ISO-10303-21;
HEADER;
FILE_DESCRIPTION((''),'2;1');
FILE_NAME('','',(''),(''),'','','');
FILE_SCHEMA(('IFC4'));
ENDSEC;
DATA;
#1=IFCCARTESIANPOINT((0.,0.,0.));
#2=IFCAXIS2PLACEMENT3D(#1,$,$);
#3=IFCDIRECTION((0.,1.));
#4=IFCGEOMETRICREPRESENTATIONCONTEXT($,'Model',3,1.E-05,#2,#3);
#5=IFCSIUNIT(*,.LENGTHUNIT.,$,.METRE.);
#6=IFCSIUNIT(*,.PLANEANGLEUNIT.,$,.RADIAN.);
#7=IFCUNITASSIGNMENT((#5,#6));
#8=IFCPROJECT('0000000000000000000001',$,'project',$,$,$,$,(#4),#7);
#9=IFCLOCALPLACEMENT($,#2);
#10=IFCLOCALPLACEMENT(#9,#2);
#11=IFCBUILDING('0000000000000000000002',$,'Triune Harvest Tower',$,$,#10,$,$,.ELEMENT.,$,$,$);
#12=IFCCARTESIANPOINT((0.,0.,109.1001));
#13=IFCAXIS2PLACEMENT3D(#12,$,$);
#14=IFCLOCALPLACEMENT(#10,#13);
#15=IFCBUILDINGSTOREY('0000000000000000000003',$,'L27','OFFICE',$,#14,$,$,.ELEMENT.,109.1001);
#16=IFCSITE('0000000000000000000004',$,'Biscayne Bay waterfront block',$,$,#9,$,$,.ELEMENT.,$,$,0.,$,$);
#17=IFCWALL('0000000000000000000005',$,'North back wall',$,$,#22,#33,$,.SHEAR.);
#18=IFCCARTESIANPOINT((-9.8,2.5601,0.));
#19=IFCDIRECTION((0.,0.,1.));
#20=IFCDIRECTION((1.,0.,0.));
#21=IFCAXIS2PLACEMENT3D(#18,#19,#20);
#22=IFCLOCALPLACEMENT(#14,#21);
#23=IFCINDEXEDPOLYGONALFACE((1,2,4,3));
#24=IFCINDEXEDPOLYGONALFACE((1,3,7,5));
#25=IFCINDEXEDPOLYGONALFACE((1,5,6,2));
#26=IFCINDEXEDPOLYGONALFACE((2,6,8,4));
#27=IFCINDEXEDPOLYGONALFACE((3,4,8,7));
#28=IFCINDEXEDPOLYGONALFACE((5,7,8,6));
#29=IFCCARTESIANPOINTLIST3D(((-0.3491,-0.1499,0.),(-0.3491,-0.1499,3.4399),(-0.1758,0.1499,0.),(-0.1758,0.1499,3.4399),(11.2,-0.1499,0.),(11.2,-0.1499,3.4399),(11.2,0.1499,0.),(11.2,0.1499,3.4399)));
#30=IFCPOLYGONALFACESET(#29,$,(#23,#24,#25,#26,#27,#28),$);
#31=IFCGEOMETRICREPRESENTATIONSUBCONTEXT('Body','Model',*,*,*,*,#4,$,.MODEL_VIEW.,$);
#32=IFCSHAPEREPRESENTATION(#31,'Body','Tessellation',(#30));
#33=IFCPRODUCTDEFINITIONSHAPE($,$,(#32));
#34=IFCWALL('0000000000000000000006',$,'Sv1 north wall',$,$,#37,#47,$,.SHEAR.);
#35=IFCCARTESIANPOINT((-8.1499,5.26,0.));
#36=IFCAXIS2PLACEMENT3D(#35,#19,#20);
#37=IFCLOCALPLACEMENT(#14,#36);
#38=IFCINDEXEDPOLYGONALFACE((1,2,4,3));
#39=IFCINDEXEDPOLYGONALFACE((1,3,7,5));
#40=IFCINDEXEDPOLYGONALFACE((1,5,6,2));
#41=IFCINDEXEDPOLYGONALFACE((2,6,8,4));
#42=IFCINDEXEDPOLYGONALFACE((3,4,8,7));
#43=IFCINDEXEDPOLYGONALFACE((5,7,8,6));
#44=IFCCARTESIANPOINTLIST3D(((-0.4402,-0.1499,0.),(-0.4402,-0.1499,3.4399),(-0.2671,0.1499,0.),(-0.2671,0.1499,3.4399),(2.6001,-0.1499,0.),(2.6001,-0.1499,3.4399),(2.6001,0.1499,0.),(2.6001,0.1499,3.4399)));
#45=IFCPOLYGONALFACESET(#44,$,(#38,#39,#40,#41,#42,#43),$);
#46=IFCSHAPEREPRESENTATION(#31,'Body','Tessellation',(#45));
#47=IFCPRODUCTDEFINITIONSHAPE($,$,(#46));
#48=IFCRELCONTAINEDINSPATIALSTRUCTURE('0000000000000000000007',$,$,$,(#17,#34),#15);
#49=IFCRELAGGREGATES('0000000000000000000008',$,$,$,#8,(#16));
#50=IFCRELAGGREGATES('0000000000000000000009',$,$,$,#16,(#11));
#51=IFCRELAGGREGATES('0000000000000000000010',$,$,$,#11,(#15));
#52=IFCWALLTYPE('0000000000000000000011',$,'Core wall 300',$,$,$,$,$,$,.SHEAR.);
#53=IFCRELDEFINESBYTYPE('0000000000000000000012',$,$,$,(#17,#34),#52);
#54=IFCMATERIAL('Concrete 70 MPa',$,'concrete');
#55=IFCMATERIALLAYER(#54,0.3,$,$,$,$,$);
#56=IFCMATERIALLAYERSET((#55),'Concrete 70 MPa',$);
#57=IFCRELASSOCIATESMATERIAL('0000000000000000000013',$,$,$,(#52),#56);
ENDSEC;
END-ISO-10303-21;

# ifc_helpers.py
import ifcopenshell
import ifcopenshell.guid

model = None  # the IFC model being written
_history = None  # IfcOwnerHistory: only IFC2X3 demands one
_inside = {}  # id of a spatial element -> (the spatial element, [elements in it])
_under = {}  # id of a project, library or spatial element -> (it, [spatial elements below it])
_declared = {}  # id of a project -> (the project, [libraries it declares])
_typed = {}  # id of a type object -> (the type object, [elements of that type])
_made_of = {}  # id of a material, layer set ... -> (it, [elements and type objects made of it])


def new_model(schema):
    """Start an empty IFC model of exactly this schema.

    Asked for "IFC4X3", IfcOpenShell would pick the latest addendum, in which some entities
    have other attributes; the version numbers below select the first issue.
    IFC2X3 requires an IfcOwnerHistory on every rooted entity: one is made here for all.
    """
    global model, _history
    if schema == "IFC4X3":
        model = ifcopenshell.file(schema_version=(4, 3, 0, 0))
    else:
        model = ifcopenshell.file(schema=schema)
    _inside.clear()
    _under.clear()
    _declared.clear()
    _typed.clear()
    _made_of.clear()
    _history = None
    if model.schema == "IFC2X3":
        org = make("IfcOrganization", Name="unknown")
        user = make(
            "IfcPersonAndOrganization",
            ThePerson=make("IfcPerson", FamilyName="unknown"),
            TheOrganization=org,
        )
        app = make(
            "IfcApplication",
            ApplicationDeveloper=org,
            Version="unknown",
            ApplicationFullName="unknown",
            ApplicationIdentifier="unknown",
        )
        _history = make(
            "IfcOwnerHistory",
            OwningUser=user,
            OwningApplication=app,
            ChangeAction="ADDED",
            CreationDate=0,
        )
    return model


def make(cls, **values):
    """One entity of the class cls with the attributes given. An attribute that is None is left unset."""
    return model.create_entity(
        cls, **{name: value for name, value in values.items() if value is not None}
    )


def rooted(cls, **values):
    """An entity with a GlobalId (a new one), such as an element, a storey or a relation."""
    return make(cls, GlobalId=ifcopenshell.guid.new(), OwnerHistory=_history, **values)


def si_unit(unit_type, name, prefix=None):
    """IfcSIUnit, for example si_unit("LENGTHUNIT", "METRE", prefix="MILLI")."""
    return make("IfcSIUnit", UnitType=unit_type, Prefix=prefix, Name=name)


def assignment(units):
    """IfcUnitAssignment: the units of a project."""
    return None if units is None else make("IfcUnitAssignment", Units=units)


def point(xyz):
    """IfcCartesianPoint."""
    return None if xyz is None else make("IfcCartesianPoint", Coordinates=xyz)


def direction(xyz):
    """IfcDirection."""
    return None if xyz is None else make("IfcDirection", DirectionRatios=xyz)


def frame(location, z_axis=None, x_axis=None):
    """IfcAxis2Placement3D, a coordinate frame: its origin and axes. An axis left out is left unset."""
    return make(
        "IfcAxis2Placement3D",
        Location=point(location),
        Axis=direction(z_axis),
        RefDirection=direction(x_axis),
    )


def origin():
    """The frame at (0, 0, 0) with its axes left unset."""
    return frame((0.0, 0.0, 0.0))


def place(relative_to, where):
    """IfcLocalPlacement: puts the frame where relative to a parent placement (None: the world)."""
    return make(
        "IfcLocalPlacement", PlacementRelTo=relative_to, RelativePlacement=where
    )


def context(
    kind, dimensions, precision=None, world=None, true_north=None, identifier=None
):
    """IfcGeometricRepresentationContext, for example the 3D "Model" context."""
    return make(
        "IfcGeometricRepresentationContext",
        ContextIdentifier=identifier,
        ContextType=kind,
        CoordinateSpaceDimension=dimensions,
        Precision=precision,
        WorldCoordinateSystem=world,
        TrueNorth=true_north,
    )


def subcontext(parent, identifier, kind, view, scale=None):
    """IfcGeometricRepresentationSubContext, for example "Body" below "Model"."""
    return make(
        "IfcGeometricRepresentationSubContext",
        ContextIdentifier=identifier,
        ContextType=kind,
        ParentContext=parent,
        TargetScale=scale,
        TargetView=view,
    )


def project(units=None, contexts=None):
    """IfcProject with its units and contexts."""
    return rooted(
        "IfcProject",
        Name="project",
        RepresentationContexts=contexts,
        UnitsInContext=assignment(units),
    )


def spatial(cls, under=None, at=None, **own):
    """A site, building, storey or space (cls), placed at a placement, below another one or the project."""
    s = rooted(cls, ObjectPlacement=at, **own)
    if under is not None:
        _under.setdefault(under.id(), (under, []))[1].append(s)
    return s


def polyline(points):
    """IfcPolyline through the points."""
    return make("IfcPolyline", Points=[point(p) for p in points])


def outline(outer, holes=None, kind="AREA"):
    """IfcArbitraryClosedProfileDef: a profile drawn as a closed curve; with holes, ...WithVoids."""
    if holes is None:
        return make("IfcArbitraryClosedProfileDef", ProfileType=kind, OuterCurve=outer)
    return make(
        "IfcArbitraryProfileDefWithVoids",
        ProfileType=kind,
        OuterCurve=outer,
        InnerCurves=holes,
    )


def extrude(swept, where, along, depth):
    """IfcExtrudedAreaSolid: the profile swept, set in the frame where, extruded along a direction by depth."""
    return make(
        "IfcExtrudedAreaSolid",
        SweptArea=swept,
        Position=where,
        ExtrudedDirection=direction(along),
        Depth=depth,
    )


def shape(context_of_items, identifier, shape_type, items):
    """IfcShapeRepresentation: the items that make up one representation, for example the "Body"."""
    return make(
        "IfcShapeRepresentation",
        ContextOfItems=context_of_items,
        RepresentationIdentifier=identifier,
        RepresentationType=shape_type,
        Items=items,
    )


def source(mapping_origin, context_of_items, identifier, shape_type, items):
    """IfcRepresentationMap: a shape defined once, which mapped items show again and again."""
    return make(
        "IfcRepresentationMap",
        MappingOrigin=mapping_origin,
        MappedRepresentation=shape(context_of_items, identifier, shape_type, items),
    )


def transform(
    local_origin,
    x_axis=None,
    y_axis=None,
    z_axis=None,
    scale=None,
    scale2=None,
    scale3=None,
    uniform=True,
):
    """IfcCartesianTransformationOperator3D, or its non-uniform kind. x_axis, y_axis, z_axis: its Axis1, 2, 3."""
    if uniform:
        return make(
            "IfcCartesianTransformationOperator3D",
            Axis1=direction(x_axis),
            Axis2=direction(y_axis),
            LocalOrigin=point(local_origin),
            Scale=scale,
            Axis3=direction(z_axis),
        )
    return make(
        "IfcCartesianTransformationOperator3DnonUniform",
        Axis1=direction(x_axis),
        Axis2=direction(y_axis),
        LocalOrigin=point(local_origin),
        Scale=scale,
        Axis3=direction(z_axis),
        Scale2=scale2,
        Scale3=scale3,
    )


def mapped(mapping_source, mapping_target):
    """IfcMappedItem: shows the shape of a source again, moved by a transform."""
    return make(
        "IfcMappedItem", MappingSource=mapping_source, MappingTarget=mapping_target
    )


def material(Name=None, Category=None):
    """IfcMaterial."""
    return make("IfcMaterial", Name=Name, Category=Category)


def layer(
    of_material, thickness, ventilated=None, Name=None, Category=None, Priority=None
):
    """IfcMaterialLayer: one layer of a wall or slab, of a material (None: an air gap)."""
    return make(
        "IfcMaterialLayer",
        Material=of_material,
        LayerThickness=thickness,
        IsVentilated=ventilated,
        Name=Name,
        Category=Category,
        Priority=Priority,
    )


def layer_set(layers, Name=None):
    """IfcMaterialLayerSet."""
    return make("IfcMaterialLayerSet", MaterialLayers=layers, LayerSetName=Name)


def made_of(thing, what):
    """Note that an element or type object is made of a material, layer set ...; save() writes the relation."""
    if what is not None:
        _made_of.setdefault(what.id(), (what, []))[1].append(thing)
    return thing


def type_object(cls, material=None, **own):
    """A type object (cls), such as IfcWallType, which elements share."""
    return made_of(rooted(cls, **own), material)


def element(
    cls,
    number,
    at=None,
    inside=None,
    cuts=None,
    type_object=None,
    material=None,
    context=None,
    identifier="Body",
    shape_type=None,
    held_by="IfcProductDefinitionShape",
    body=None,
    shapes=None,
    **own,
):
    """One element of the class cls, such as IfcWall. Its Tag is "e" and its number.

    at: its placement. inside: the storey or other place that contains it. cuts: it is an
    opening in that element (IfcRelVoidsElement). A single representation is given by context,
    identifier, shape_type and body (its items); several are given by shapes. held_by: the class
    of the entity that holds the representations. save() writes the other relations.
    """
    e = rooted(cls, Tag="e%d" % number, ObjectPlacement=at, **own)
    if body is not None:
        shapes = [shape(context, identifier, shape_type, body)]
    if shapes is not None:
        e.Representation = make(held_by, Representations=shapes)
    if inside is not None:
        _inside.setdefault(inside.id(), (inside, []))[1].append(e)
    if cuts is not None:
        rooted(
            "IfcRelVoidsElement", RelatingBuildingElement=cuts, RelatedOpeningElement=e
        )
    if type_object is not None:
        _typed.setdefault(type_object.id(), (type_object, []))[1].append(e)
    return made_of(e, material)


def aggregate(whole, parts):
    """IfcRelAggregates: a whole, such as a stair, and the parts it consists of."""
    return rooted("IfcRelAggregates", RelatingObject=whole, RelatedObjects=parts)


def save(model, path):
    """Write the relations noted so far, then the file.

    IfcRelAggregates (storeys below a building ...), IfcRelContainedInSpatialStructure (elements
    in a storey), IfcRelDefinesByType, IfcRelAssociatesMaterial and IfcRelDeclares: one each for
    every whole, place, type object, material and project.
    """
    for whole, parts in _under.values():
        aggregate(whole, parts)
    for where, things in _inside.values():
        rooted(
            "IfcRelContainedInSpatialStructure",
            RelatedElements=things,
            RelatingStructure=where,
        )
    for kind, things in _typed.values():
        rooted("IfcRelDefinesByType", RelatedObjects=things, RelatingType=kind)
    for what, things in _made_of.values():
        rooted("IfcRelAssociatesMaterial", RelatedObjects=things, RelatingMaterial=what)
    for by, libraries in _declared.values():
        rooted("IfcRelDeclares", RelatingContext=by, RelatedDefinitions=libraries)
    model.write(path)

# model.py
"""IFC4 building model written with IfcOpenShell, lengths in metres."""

from ifc_helpers import new_model, si_unit, direction, frame, origin, place, context, subcontext, project, spatial, polyline, outline, extrude, source, transform, mapped, material, layer, layer_set, type_object, element, save


model = new_model("IFC4")

# Units and contexts
model_context = context("Model", 3, precision=1e-05, world=origin(), true_north=direction((0.0, 1.0)))
body_context = subcontext(model_context, "Body", "Model", "MODEL_VIEW")
ifc_project = project(units=[si_unit("LENGTHUNIT", "METRE"), si_unit("PLANEANGLEUNIT", "RADIAN")], contexts=[model_context])

# Site, building, storey
site_placement = place(None, origin())
site = spatial("IfcSite", under=ifc_project, at=site_placement, Name="Biscayne Bay waterfront block", CompositionType="ELEMENT", RefElevation=0.0)
building_placement = place(site_placement, origin())
building = spatial("IfcBuilding", under=site, at=building_placement, Name="Triune Harvest Tower", CompositionType="ELEMENT")
storey_placement = place(building_placement, frame((0.0, 0.0, 109.1001)))
storey = spatial("IfcBuildingStorey", under=building, at=storey_placement, Name="L27", Description="OFFICE", CompositionType="ELEMENT", Elevation=109.1001)

# Shared definitions
ifc_material_1 = material(Name="Concrete 70 MPa", Category="concrete")
ifc_layer_1 = layer(ifc_material_1, 0.3)
ifc_layer_set_1 = layer_set([ifc_layer_1], Name="Concrete 70 MPa")
wall_type_1 = type_object("IfcWallType", Name="Core wall 300", PredefinedType="SHEAR", material=ifc_layer_set_1)

# Walls
shared_shape_1 = source(origin(), body_context, "Body", "SweptSolid", [
    extrude(outline(polyline([(11.2, -0.1499), (-0.3491, -0.1499), (-0.1758, 0.1499), (11.2, 0.1499), (11.2, -0.1499)])), origin(), (0.0, 0.0, 1.0), 3.4399),
])
wall_1_placement = place(storey_placement, frame((-9.8, 2.5601, 0.0), z_axis=(0.0, 0.0, 1.0), x_axis=(1.0, 0.0, 0.0)))
element("IfcWall", 1, at=wall_1_placement, inside=storey, type_object=wall_type_1, Name="North back wall", PredefinedType="SHEAR", context=body_context, shape_type="MappedRepresentation", body=[
    mapped(shared_shape_1, transform((0.0, 0.0, 0.0), scale=1.0)),
])
shared_shape_2 = source(origin(), body_context, "Body", "SweptSolid", [
    extrude(outline(polyline([(2.6001, -0.1499), (-0.4402, -0.1499), (-0.2671, 0.1499), (2.6001, 0.1499), (2.6001, -0.1499)])), origin(), (0.0, 0.0, 1.0), 3.4399),
])
wall_2_placement = place(storey_placement, frame((-8.1499, 5.26, 0.0), z_axis=(0.0, 0.0, 1.0), x_axis=(1.0, 0.0, 0.0)))
element("IfcWall", 2, at=wall_2_placement, inside=storey, type_object=wall_type_1, Name="Sv1 north wall", PredefinedType="SHEAR", context=body_context, shape_type="MappedRepresentation", body=[
    mapped(shared_shape_2, transform((0.0, 0.0, 0.0), scale=1.0)),
])

save(model, "model.ifc")
